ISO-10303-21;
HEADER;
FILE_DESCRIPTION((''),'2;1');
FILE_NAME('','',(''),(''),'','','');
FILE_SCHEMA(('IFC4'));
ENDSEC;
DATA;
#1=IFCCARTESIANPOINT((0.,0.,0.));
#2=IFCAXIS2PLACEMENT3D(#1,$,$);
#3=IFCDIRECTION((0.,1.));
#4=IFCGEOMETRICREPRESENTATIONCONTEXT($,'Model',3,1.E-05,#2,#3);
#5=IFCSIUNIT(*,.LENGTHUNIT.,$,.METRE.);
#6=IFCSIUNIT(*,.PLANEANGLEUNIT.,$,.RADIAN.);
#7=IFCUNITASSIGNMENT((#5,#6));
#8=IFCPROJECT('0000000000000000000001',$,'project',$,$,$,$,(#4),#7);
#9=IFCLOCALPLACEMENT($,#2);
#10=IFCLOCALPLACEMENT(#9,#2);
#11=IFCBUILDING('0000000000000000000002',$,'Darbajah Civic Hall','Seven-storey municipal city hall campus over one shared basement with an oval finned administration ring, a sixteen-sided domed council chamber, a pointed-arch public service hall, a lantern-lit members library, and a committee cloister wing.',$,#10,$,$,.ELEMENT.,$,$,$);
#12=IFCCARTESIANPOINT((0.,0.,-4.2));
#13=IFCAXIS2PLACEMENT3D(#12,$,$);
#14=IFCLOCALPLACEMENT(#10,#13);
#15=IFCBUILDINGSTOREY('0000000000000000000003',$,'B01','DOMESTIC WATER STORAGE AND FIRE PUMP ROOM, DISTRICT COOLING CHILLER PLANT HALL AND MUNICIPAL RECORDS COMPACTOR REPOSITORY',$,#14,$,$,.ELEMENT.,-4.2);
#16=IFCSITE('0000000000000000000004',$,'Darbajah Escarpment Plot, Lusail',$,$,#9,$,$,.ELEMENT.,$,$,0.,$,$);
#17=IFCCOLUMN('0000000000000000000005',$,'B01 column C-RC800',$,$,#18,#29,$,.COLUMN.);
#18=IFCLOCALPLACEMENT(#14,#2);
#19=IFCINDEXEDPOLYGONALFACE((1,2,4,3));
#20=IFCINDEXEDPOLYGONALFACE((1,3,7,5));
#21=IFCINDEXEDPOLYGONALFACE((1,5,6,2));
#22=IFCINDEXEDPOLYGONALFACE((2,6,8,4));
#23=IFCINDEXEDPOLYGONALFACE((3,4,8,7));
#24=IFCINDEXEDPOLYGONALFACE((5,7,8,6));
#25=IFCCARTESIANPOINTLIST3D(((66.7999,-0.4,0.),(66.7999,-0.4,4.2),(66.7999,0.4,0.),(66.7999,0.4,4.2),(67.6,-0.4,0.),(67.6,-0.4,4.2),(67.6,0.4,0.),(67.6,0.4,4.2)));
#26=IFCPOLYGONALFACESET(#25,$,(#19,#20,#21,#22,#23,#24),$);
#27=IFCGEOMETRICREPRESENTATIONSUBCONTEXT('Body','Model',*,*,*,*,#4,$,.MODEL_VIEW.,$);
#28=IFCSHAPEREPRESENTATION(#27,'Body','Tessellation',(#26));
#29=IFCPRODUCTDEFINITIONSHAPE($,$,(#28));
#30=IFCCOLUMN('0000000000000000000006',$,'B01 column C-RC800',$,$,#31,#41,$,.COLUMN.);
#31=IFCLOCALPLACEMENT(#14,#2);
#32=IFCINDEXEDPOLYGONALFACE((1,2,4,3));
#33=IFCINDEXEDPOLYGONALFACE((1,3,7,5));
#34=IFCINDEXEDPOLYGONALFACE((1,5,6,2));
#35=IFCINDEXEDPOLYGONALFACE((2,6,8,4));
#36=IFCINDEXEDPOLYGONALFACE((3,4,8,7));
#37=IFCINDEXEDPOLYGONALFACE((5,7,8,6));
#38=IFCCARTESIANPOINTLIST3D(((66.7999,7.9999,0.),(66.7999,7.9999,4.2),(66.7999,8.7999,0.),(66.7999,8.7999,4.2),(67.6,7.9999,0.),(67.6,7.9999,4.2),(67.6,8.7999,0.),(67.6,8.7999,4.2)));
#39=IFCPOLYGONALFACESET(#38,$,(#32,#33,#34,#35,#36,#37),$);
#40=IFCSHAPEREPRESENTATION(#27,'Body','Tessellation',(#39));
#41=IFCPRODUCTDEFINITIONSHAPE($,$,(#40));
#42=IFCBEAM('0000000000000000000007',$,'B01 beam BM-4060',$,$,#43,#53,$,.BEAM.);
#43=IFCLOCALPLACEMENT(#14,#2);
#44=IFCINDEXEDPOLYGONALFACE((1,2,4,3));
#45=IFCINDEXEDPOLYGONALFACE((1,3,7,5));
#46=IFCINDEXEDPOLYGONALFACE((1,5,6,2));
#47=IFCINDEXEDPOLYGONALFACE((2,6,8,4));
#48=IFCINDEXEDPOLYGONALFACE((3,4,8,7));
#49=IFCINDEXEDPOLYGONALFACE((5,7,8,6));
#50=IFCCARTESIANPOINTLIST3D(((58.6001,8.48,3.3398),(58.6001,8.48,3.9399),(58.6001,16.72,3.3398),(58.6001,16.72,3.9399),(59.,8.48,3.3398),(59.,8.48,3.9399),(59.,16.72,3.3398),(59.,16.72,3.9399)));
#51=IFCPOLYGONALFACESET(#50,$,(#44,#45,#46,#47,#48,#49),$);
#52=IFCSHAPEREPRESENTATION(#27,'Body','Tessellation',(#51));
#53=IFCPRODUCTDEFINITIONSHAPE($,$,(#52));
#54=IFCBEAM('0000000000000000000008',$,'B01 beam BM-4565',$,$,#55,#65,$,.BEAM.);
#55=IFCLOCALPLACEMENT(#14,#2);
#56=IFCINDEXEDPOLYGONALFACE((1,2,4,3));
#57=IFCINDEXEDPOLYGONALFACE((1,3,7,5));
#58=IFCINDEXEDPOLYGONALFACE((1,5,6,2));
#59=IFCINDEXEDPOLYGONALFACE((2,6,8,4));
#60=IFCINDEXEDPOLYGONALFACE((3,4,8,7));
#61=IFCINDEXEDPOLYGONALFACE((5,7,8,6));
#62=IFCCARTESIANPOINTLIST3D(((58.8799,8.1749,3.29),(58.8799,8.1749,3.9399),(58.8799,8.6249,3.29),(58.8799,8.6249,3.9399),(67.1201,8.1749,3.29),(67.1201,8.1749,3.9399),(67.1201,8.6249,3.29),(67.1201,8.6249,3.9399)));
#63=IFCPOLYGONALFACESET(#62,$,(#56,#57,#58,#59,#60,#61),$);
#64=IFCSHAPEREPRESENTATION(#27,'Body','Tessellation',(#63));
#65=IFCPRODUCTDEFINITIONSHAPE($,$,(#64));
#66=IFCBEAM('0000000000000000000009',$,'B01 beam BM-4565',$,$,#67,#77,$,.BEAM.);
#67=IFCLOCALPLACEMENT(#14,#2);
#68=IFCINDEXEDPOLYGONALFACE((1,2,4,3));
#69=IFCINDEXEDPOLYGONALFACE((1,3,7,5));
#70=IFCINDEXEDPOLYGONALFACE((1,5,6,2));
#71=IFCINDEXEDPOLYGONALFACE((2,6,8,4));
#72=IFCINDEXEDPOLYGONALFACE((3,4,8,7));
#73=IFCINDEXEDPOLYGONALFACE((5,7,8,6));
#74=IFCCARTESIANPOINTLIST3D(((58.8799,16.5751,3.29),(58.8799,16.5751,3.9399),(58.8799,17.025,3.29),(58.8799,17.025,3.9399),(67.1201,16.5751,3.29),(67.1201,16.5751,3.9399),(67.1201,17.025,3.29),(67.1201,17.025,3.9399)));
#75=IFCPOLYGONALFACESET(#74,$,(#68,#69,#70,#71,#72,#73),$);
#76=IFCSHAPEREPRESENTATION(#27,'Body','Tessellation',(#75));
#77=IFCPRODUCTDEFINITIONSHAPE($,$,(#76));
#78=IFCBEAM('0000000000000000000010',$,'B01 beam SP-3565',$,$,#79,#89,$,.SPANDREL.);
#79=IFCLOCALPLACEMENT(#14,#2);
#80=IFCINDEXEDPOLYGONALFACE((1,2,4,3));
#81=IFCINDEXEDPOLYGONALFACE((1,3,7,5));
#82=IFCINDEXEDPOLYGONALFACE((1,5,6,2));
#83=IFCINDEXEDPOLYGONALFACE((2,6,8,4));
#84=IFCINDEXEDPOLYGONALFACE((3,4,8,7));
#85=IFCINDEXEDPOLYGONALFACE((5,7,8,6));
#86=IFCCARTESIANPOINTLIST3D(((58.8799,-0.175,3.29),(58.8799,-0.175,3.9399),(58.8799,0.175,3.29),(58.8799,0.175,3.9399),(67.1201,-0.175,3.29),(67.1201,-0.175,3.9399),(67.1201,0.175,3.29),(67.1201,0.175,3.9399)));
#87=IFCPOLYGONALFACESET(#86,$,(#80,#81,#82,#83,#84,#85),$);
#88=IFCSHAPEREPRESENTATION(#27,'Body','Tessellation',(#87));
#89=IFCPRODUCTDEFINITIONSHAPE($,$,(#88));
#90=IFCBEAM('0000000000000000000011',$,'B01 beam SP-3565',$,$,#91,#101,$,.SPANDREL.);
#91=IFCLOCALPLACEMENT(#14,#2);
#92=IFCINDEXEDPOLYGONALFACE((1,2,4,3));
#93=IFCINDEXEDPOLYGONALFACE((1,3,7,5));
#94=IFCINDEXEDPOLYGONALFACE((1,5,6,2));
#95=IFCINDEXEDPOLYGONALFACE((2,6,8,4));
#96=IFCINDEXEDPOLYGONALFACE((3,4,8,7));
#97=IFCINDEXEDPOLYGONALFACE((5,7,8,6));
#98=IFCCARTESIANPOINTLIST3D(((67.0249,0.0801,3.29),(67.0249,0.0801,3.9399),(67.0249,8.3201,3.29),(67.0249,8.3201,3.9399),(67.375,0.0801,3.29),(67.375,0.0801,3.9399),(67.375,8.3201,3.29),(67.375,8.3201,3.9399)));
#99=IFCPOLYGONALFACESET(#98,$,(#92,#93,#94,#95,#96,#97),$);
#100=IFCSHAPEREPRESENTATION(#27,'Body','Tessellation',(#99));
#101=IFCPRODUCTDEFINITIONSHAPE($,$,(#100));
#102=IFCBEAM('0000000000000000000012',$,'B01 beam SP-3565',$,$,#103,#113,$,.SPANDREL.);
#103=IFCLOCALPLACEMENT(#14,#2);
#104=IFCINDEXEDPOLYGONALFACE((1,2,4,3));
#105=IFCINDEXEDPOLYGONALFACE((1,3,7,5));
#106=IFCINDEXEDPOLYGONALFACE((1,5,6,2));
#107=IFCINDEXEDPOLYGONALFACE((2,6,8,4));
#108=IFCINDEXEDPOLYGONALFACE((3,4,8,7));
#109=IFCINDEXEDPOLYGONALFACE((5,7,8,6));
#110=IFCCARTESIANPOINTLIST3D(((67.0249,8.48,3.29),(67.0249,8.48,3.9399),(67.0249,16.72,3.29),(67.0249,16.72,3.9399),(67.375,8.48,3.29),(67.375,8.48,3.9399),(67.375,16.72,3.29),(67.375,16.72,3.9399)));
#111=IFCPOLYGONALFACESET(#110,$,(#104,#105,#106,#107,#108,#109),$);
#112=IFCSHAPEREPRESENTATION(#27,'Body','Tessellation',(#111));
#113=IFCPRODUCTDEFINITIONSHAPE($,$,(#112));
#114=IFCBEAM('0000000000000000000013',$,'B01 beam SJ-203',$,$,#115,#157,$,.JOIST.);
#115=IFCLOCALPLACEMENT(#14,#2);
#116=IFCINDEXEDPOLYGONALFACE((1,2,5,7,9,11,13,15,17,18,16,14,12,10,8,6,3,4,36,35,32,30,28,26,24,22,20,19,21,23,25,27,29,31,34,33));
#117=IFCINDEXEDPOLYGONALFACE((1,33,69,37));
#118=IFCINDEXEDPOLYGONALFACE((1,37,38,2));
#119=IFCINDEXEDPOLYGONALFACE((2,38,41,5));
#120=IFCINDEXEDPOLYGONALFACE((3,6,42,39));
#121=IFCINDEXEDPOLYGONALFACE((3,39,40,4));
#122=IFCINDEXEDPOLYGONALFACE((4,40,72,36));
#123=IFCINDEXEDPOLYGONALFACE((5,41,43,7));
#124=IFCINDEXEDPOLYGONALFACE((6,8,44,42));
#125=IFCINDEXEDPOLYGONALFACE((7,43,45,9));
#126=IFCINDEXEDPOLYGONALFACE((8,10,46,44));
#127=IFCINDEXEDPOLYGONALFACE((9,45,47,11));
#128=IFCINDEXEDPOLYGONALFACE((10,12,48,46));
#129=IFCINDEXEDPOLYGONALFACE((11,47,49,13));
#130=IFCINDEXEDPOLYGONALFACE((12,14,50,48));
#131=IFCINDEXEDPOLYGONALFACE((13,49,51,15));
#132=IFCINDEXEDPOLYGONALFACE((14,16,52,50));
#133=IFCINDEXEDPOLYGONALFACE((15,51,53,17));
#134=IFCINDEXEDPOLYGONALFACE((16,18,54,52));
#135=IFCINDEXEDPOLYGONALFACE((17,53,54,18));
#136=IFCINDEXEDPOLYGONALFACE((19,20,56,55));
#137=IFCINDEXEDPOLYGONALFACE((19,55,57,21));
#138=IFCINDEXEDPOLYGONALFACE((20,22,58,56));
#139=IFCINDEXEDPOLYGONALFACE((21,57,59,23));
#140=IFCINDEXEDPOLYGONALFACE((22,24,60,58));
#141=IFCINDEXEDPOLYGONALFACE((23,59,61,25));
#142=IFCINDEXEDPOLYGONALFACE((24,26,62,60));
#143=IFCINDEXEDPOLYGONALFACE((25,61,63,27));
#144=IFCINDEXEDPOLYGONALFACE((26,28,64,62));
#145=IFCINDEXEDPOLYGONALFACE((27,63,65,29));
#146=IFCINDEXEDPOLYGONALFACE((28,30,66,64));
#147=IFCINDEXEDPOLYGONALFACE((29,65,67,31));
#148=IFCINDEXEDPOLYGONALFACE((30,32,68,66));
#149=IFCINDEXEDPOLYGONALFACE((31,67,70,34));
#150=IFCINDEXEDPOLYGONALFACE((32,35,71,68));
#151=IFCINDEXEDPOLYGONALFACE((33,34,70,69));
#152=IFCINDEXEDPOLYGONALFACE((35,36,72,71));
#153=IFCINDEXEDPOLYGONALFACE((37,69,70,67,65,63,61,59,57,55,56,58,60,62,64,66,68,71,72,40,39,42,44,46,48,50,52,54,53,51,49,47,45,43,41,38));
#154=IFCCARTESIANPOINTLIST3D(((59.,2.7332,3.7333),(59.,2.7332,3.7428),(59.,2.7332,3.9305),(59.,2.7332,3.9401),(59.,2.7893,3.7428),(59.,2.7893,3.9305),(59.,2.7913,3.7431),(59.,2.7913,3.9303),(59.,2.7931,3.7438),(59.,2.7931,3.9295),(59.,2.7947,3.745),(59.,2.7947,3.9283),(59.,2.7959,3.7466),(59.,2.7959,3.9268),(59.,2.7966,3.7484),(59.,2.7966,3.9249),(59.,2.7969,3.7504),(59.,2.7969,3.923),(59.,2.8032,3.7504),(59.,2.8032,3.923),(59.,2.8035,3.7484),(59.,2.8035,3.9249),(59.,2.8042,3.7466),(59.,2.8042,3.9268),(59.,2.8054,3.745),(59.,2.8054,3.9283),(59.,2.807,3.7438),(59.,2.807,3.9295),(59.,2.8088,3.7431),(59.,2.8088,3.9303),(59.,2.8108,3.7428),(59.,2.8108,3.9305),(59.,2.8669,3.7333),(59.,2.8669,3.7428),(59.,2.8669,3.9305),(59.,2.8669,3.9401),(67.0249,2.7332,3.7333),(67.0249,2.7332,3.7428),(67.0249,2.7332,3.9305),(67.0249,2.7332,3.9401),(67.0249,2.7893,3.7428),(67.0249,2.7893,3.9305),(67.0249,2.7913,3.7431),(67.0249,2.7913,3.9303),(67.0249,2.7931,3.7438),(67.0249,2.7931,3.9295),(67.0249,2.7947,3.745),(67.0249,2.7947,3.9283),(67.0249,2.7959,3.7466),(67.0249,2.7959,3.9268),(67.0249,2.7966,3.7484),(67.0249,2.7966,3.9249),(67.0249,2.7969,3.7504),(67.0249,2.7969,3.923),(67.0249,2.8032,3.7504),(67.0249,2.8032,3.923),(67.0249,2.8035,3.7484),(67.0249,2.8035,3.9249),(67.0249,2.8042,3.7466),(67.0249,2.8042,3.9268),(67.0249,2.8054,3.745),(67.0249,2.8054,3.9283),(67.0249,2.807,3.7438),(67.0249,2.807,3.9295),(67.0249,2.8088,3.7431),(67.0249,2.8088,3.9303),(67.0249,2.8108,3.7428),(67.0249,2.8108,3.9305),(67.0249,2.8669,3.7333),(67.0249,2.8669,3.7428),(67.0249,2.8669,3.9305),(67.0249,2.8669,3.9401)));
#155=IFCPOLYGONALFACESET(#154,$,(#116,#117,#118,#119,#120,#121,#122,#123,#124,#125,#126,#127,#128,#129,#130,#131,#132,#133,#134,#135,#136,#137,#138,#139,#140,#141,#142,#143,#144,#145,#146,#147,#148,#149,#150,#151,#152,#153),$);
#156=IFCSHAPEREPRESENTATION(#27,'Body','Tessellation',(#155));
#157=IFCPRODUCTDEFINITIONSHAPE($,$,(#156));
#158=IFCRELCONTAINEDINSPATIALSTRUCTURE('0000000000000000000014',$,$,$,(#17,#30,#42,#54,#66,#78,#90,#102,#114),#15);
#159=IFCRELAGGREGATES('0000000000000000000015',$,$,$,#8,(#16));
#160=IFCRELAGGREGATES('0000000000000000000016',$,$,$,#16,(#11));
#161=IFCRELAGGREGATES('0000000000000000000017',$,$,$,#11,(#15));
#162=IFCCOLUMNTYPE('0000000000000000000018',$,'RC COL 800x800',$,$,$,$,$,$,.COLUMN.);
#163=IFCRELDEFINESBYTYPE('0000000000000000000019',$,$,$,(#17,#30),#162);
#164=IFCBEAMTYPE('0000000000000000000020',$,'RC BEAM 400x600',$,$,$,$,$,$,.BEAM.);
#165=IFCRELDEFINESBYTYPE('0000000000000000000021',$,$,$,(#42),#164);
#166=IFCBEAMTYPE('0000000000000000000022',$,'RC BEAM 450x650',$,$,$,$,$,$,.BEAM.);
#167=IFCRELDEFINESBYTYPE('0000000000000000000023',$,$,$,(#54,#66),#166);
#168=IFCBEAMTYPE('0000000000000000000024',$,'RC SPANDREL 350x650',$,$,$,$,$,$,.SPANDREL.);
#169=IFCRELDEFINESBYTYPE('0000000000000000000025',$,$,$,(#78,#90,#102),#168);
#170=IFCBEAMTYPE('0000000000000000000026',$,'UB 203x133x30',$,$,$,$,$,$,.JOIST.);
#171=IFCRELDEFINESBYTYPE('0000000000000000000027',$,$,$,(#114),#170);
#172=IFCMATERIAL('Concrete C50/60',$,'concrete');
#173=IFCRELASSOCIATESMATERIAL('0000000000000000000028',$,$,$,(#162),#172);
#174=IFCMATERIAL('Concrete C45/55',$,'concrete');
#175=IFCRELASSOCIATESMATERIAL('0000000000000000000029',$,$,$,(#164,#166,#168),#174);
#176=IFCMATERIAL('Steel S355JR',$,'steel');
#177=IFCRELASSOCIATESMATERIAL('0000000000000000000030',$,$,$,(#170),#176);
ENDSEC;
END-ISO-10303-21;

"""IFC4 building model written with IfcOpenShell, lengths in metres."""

from ifc_helpers import new_model, si_unit, direction, frame, origin, origin_2d, place, context, subcontext, project, spatial, rectangle, i_section, extrude, material, material_profile, profile_set, type_object, element, save


model = new_model("IFC4")

# Units and contexts
model_context = context("Model", 3, precision=1e-05, world=origin(), true_north=direction((0.0, 1.0)))
body_context = subcontext(model_context, "Body", "Model", "MODEL_VIEW")
ifc_project = project(units=[si_unit("LENGTHUNIT", "METRE"), si_unit("PLANEANGLEUNIT", "RADIAN")], contexts=[model_context])

# Site, building, storey
site_placement = place(None, origin())
site = spatial("IfcSite", under=ifc_project, at=site_placement, Name="Darbajah Escarpment Plot, Lusail", CompositionType="ELEMENT", RefElevation=0.0)
building_placement = place(site_placement, origin())
building = spatial("IfcBuilding", under=site, at=building_placement, Name="Darbajah Civic Hall", Description="Seven-storey municipal city hall campus over one shared basement with an oval finned administration ring, a sixteen-sided domed council chamber, a pointed-arch public service hall, a lantern-lit members library, and a committee cloister wing.", CompositionType="ELEMENT")
storey_placement = place(building_placement, frame((0.0, 0.0, -4.2)))
storey = spatial("IfcBuildingStorey", under=building, at=storey_placement, Name="B01", Description="DOMESTIC WATER STORAGE AND FIRE PUMP ROOM, DISTRICT COOLING CHILLER PLANT HALL AND MUNICIPAL RECORDS COMPACTOR REPOSITORY", CompositionType="ELEMENT", Elevation=-4.2)

# Shared definitions
ifc_material_1 = material(Name="Concrete C45/55", Category="concrete")

# Columns
ifc_material_2 = material(Name="Concrete C50/60", Category="concrete")
ifc_material_profile_1 = material_profile(ifc_material_2, rectangle(XDim=0.8, YDim=0.8, at=origin_2d()), Name="RC COL 800x800")
ifc_profile_set_1 = profile_set([ifc_material_profile_1], Name="Concrete C50/60")
column_type_1 = type_object("IfcColumnType", Name="RC COL 800x800", PredefinedType="COLUMN", material=ifc_profile_set_1)
for number, where, z_axis, x_axis, name in (
    (1, (67.2, 0.0, 0.0), (0.0, 0.0, 1.0), (1.0, 0.0, 0.0), "B01 column C-RC800"),
    (2, (67.2, 8.3999, 0.0), (0.0, 0.0, 1.0), (1.0, 0.0, 0.0), "B01 column C-RC800"),
):
    element("IfcColumn", number, at=place(storey_placement, frame(where, z_axis=z_axis, x_axis=x_axis)), inside=storey, type_object=column_type_1, Name=name, PredefinedType="COLUMN", context=body_context, shape_type="SweptSolid", body=[
        extrude(rectangle(XDim=0.8, YDim=0.8, at=origin_2d()), origin(), (0.0, 0.0, 1.0), 4.2),
    ])

# Beams
ifc_material_profile_2 = material_profile(ifc_material_1, rectangle(XDim=0.3999, YDim=0.6001, at=origin_2d()), Name="RC BEAM 400x600")
ifc_profile_set_2 = profile_set([ifc_material_profile_2], Name="Concrete C45/55")
beam_type_1 = type_object("IfcBeamType", Name="RC BEAM 400x600", PredefinedType="BEAM", material=ifc_profile_set_2)
beam_1_placement = place(storey_placement, frame((58.8, 8.48, 3.6399), z_axis=(0.0, 1.0, 0.0), x_axis=(-1.0, 0.0, 0.0)))
element("IfcBeam", 3, at=beam_1_placement, inside=storey, type_object=beam_type_1, Name="B01 beam BM-4060", PredefinedType="BEAM", context=body_context, shape_type="SweptSolid", body=[
    extrude(rectangle(XDim=0.3999, YDim=0.6001, at=origin_2d()), origin(), (0.0, 0.0, 1.0), 8.24),
])
ifc_material_profile_3 = material_profile(ifc_material_1, rectangle(XDim=0.45, YDim=0.6499, at=origin_2d()), Name="RC BEAM 450x650")
ifc_profile_set_3 = profile_set([ifc_material_profile_3], Name="Concrete C45/55")
beam_type_2 = type_object("IfcBeamType", Name="RC BEAM 450x650", PredefinedType="BEAM", material=ifc_profile_set_3)
for number, where, z_axis, x_axis, name in (
    (4, (58.8799, 8.3999, 3.615), (1.0, 0.0, 0.0), (0.0, 1.0, 0.0), "B01 beam BM-4565"),
    (5, (58.8799, 16.8, 3.615), (1.0, 0.0, 0.0), (0.0, 1.0, 0.0), "B01 beam BM-4565"),
):
    element("IfcBeam", number, at=place(storey_placement, frame(where, z_axis=z_axis, x_axis=x_axis)), inside=storey, type_object=beam_type_2, Name=name, PredefinedType="BEAM", context=body_context, shape_type="SweptSolid", body=[
        extrude(rectangle(XDim=0.45, YDim=0.6499, at=origin_2d()), origin(), (0.0, 0.0, 1.0), 8.2402),
    ])
ifc_material_profile_4 = material_profile(ifc_material_1, rectangle(XDim=0.3501, YDim=0.6499, at=origin_2d()), Name="RC SPANDREL 350x650")
ifc_profile_set_4 = profile_set([ifc_material_profile_4], Name="Concrete C45/55")
beam_type_3 = type_object("IfcBeamType", Name="RC SPANDREL 350x650", PredefinedType="SPANDREL", material=ifc_profile_set_4)
beam_2_placement = place(storey_placement, frame((58.8799, 0.0, 3.615), z_axis=(1.0, 0.0, 0.0), x_axis=(0.0, 1.0, 0.0)))
element("IfcBeam", 6, at=beam_2_placement, inside=storey, type_object=beam_type_3, Name="B01 beam SP-3565", PredefinedType="SPANDREL", context=body_context, shape_type="SweptSolid", body=[
    extrude(rectangle(XDim=0.3501, YDim=0.6499, at=origin_2d()), origin(), (0.0, 0.0, 1.0), 8.2402),
])
for number, where, z_axis, x_axis, name in (
    (7, (67.2, 0.0801, 3.615), (0.0, 1.0, 0.0), (-1.0, 0.0, 0.0), "B01 beam SP-3565"),
    (8, (67.2, 8.48, 3.615), (0.0, 1.0, 0.0), (-1.0, 0.0, 0.0), "B01 beam SP-3565"),
):
    element("IfcBeam", number, at=place(storey_placement, frame(where, z_axis=z_axis, x_axis=x_axis)), inside=storey, type_object=beam_type_3, Name=name, PredefinedType="SPANDREL", context=body_context, shape_type="SweptSolid", body=[
        extrude(rectangle(XDim=0.3501, YDim=0.6499, at=origin_2d()), origin(), (0.0, 0.0, 1.0), 8.24),
    ])
ifc_material_3 = material(Name="Steel S355JR", Category="steel")
ifc_material_profile_5 = material_profile(ifc_material_3, i_section(OverallWidth=0.1338, OverallDepth=0.2068, WebThickness=0.0063, FlangeThickness=0.0095, FilletRadius=0.0076, at=origin_2d()), Name="UB 203x133x30")
ifc_profile_set_5 = profile_set([ifc_material_profile_5], Name="Steel S355JR")
beam_type_4 = type_object("IfcBeamType", Name="UB 203x133x30", PredefinedType="JOIST", material=ifc_profile_set_5)
for number, where, z_axis, x_axis, name in (
    (9, (59.0, 2.8, 3.8367), (1.0, 0.0, 0.0), (0.0, 1.0, 0.0), "B01 beam SJ-203"),
):
    element("IfcBeam", number, at=place(storey_placement, frame(where, z_axis=z_axis, x_axis=x_axis)), inside=storey, type_object=beam_type_4, Name=name, PredefinedType="JOIST", context=body_context, shape_type="SweptSolid", body=[
        extrude(i_section(OverallWidth=0.1338, OverallDepth=0.2068, WebThickness=0.0063, FlangeThickness=0.0095, FilletRadius=0.0076, at=origin_2d()), origin(), (0.0, 0.0, 1.0), 8.0249),
    ])

save(model, "model.ifc")
